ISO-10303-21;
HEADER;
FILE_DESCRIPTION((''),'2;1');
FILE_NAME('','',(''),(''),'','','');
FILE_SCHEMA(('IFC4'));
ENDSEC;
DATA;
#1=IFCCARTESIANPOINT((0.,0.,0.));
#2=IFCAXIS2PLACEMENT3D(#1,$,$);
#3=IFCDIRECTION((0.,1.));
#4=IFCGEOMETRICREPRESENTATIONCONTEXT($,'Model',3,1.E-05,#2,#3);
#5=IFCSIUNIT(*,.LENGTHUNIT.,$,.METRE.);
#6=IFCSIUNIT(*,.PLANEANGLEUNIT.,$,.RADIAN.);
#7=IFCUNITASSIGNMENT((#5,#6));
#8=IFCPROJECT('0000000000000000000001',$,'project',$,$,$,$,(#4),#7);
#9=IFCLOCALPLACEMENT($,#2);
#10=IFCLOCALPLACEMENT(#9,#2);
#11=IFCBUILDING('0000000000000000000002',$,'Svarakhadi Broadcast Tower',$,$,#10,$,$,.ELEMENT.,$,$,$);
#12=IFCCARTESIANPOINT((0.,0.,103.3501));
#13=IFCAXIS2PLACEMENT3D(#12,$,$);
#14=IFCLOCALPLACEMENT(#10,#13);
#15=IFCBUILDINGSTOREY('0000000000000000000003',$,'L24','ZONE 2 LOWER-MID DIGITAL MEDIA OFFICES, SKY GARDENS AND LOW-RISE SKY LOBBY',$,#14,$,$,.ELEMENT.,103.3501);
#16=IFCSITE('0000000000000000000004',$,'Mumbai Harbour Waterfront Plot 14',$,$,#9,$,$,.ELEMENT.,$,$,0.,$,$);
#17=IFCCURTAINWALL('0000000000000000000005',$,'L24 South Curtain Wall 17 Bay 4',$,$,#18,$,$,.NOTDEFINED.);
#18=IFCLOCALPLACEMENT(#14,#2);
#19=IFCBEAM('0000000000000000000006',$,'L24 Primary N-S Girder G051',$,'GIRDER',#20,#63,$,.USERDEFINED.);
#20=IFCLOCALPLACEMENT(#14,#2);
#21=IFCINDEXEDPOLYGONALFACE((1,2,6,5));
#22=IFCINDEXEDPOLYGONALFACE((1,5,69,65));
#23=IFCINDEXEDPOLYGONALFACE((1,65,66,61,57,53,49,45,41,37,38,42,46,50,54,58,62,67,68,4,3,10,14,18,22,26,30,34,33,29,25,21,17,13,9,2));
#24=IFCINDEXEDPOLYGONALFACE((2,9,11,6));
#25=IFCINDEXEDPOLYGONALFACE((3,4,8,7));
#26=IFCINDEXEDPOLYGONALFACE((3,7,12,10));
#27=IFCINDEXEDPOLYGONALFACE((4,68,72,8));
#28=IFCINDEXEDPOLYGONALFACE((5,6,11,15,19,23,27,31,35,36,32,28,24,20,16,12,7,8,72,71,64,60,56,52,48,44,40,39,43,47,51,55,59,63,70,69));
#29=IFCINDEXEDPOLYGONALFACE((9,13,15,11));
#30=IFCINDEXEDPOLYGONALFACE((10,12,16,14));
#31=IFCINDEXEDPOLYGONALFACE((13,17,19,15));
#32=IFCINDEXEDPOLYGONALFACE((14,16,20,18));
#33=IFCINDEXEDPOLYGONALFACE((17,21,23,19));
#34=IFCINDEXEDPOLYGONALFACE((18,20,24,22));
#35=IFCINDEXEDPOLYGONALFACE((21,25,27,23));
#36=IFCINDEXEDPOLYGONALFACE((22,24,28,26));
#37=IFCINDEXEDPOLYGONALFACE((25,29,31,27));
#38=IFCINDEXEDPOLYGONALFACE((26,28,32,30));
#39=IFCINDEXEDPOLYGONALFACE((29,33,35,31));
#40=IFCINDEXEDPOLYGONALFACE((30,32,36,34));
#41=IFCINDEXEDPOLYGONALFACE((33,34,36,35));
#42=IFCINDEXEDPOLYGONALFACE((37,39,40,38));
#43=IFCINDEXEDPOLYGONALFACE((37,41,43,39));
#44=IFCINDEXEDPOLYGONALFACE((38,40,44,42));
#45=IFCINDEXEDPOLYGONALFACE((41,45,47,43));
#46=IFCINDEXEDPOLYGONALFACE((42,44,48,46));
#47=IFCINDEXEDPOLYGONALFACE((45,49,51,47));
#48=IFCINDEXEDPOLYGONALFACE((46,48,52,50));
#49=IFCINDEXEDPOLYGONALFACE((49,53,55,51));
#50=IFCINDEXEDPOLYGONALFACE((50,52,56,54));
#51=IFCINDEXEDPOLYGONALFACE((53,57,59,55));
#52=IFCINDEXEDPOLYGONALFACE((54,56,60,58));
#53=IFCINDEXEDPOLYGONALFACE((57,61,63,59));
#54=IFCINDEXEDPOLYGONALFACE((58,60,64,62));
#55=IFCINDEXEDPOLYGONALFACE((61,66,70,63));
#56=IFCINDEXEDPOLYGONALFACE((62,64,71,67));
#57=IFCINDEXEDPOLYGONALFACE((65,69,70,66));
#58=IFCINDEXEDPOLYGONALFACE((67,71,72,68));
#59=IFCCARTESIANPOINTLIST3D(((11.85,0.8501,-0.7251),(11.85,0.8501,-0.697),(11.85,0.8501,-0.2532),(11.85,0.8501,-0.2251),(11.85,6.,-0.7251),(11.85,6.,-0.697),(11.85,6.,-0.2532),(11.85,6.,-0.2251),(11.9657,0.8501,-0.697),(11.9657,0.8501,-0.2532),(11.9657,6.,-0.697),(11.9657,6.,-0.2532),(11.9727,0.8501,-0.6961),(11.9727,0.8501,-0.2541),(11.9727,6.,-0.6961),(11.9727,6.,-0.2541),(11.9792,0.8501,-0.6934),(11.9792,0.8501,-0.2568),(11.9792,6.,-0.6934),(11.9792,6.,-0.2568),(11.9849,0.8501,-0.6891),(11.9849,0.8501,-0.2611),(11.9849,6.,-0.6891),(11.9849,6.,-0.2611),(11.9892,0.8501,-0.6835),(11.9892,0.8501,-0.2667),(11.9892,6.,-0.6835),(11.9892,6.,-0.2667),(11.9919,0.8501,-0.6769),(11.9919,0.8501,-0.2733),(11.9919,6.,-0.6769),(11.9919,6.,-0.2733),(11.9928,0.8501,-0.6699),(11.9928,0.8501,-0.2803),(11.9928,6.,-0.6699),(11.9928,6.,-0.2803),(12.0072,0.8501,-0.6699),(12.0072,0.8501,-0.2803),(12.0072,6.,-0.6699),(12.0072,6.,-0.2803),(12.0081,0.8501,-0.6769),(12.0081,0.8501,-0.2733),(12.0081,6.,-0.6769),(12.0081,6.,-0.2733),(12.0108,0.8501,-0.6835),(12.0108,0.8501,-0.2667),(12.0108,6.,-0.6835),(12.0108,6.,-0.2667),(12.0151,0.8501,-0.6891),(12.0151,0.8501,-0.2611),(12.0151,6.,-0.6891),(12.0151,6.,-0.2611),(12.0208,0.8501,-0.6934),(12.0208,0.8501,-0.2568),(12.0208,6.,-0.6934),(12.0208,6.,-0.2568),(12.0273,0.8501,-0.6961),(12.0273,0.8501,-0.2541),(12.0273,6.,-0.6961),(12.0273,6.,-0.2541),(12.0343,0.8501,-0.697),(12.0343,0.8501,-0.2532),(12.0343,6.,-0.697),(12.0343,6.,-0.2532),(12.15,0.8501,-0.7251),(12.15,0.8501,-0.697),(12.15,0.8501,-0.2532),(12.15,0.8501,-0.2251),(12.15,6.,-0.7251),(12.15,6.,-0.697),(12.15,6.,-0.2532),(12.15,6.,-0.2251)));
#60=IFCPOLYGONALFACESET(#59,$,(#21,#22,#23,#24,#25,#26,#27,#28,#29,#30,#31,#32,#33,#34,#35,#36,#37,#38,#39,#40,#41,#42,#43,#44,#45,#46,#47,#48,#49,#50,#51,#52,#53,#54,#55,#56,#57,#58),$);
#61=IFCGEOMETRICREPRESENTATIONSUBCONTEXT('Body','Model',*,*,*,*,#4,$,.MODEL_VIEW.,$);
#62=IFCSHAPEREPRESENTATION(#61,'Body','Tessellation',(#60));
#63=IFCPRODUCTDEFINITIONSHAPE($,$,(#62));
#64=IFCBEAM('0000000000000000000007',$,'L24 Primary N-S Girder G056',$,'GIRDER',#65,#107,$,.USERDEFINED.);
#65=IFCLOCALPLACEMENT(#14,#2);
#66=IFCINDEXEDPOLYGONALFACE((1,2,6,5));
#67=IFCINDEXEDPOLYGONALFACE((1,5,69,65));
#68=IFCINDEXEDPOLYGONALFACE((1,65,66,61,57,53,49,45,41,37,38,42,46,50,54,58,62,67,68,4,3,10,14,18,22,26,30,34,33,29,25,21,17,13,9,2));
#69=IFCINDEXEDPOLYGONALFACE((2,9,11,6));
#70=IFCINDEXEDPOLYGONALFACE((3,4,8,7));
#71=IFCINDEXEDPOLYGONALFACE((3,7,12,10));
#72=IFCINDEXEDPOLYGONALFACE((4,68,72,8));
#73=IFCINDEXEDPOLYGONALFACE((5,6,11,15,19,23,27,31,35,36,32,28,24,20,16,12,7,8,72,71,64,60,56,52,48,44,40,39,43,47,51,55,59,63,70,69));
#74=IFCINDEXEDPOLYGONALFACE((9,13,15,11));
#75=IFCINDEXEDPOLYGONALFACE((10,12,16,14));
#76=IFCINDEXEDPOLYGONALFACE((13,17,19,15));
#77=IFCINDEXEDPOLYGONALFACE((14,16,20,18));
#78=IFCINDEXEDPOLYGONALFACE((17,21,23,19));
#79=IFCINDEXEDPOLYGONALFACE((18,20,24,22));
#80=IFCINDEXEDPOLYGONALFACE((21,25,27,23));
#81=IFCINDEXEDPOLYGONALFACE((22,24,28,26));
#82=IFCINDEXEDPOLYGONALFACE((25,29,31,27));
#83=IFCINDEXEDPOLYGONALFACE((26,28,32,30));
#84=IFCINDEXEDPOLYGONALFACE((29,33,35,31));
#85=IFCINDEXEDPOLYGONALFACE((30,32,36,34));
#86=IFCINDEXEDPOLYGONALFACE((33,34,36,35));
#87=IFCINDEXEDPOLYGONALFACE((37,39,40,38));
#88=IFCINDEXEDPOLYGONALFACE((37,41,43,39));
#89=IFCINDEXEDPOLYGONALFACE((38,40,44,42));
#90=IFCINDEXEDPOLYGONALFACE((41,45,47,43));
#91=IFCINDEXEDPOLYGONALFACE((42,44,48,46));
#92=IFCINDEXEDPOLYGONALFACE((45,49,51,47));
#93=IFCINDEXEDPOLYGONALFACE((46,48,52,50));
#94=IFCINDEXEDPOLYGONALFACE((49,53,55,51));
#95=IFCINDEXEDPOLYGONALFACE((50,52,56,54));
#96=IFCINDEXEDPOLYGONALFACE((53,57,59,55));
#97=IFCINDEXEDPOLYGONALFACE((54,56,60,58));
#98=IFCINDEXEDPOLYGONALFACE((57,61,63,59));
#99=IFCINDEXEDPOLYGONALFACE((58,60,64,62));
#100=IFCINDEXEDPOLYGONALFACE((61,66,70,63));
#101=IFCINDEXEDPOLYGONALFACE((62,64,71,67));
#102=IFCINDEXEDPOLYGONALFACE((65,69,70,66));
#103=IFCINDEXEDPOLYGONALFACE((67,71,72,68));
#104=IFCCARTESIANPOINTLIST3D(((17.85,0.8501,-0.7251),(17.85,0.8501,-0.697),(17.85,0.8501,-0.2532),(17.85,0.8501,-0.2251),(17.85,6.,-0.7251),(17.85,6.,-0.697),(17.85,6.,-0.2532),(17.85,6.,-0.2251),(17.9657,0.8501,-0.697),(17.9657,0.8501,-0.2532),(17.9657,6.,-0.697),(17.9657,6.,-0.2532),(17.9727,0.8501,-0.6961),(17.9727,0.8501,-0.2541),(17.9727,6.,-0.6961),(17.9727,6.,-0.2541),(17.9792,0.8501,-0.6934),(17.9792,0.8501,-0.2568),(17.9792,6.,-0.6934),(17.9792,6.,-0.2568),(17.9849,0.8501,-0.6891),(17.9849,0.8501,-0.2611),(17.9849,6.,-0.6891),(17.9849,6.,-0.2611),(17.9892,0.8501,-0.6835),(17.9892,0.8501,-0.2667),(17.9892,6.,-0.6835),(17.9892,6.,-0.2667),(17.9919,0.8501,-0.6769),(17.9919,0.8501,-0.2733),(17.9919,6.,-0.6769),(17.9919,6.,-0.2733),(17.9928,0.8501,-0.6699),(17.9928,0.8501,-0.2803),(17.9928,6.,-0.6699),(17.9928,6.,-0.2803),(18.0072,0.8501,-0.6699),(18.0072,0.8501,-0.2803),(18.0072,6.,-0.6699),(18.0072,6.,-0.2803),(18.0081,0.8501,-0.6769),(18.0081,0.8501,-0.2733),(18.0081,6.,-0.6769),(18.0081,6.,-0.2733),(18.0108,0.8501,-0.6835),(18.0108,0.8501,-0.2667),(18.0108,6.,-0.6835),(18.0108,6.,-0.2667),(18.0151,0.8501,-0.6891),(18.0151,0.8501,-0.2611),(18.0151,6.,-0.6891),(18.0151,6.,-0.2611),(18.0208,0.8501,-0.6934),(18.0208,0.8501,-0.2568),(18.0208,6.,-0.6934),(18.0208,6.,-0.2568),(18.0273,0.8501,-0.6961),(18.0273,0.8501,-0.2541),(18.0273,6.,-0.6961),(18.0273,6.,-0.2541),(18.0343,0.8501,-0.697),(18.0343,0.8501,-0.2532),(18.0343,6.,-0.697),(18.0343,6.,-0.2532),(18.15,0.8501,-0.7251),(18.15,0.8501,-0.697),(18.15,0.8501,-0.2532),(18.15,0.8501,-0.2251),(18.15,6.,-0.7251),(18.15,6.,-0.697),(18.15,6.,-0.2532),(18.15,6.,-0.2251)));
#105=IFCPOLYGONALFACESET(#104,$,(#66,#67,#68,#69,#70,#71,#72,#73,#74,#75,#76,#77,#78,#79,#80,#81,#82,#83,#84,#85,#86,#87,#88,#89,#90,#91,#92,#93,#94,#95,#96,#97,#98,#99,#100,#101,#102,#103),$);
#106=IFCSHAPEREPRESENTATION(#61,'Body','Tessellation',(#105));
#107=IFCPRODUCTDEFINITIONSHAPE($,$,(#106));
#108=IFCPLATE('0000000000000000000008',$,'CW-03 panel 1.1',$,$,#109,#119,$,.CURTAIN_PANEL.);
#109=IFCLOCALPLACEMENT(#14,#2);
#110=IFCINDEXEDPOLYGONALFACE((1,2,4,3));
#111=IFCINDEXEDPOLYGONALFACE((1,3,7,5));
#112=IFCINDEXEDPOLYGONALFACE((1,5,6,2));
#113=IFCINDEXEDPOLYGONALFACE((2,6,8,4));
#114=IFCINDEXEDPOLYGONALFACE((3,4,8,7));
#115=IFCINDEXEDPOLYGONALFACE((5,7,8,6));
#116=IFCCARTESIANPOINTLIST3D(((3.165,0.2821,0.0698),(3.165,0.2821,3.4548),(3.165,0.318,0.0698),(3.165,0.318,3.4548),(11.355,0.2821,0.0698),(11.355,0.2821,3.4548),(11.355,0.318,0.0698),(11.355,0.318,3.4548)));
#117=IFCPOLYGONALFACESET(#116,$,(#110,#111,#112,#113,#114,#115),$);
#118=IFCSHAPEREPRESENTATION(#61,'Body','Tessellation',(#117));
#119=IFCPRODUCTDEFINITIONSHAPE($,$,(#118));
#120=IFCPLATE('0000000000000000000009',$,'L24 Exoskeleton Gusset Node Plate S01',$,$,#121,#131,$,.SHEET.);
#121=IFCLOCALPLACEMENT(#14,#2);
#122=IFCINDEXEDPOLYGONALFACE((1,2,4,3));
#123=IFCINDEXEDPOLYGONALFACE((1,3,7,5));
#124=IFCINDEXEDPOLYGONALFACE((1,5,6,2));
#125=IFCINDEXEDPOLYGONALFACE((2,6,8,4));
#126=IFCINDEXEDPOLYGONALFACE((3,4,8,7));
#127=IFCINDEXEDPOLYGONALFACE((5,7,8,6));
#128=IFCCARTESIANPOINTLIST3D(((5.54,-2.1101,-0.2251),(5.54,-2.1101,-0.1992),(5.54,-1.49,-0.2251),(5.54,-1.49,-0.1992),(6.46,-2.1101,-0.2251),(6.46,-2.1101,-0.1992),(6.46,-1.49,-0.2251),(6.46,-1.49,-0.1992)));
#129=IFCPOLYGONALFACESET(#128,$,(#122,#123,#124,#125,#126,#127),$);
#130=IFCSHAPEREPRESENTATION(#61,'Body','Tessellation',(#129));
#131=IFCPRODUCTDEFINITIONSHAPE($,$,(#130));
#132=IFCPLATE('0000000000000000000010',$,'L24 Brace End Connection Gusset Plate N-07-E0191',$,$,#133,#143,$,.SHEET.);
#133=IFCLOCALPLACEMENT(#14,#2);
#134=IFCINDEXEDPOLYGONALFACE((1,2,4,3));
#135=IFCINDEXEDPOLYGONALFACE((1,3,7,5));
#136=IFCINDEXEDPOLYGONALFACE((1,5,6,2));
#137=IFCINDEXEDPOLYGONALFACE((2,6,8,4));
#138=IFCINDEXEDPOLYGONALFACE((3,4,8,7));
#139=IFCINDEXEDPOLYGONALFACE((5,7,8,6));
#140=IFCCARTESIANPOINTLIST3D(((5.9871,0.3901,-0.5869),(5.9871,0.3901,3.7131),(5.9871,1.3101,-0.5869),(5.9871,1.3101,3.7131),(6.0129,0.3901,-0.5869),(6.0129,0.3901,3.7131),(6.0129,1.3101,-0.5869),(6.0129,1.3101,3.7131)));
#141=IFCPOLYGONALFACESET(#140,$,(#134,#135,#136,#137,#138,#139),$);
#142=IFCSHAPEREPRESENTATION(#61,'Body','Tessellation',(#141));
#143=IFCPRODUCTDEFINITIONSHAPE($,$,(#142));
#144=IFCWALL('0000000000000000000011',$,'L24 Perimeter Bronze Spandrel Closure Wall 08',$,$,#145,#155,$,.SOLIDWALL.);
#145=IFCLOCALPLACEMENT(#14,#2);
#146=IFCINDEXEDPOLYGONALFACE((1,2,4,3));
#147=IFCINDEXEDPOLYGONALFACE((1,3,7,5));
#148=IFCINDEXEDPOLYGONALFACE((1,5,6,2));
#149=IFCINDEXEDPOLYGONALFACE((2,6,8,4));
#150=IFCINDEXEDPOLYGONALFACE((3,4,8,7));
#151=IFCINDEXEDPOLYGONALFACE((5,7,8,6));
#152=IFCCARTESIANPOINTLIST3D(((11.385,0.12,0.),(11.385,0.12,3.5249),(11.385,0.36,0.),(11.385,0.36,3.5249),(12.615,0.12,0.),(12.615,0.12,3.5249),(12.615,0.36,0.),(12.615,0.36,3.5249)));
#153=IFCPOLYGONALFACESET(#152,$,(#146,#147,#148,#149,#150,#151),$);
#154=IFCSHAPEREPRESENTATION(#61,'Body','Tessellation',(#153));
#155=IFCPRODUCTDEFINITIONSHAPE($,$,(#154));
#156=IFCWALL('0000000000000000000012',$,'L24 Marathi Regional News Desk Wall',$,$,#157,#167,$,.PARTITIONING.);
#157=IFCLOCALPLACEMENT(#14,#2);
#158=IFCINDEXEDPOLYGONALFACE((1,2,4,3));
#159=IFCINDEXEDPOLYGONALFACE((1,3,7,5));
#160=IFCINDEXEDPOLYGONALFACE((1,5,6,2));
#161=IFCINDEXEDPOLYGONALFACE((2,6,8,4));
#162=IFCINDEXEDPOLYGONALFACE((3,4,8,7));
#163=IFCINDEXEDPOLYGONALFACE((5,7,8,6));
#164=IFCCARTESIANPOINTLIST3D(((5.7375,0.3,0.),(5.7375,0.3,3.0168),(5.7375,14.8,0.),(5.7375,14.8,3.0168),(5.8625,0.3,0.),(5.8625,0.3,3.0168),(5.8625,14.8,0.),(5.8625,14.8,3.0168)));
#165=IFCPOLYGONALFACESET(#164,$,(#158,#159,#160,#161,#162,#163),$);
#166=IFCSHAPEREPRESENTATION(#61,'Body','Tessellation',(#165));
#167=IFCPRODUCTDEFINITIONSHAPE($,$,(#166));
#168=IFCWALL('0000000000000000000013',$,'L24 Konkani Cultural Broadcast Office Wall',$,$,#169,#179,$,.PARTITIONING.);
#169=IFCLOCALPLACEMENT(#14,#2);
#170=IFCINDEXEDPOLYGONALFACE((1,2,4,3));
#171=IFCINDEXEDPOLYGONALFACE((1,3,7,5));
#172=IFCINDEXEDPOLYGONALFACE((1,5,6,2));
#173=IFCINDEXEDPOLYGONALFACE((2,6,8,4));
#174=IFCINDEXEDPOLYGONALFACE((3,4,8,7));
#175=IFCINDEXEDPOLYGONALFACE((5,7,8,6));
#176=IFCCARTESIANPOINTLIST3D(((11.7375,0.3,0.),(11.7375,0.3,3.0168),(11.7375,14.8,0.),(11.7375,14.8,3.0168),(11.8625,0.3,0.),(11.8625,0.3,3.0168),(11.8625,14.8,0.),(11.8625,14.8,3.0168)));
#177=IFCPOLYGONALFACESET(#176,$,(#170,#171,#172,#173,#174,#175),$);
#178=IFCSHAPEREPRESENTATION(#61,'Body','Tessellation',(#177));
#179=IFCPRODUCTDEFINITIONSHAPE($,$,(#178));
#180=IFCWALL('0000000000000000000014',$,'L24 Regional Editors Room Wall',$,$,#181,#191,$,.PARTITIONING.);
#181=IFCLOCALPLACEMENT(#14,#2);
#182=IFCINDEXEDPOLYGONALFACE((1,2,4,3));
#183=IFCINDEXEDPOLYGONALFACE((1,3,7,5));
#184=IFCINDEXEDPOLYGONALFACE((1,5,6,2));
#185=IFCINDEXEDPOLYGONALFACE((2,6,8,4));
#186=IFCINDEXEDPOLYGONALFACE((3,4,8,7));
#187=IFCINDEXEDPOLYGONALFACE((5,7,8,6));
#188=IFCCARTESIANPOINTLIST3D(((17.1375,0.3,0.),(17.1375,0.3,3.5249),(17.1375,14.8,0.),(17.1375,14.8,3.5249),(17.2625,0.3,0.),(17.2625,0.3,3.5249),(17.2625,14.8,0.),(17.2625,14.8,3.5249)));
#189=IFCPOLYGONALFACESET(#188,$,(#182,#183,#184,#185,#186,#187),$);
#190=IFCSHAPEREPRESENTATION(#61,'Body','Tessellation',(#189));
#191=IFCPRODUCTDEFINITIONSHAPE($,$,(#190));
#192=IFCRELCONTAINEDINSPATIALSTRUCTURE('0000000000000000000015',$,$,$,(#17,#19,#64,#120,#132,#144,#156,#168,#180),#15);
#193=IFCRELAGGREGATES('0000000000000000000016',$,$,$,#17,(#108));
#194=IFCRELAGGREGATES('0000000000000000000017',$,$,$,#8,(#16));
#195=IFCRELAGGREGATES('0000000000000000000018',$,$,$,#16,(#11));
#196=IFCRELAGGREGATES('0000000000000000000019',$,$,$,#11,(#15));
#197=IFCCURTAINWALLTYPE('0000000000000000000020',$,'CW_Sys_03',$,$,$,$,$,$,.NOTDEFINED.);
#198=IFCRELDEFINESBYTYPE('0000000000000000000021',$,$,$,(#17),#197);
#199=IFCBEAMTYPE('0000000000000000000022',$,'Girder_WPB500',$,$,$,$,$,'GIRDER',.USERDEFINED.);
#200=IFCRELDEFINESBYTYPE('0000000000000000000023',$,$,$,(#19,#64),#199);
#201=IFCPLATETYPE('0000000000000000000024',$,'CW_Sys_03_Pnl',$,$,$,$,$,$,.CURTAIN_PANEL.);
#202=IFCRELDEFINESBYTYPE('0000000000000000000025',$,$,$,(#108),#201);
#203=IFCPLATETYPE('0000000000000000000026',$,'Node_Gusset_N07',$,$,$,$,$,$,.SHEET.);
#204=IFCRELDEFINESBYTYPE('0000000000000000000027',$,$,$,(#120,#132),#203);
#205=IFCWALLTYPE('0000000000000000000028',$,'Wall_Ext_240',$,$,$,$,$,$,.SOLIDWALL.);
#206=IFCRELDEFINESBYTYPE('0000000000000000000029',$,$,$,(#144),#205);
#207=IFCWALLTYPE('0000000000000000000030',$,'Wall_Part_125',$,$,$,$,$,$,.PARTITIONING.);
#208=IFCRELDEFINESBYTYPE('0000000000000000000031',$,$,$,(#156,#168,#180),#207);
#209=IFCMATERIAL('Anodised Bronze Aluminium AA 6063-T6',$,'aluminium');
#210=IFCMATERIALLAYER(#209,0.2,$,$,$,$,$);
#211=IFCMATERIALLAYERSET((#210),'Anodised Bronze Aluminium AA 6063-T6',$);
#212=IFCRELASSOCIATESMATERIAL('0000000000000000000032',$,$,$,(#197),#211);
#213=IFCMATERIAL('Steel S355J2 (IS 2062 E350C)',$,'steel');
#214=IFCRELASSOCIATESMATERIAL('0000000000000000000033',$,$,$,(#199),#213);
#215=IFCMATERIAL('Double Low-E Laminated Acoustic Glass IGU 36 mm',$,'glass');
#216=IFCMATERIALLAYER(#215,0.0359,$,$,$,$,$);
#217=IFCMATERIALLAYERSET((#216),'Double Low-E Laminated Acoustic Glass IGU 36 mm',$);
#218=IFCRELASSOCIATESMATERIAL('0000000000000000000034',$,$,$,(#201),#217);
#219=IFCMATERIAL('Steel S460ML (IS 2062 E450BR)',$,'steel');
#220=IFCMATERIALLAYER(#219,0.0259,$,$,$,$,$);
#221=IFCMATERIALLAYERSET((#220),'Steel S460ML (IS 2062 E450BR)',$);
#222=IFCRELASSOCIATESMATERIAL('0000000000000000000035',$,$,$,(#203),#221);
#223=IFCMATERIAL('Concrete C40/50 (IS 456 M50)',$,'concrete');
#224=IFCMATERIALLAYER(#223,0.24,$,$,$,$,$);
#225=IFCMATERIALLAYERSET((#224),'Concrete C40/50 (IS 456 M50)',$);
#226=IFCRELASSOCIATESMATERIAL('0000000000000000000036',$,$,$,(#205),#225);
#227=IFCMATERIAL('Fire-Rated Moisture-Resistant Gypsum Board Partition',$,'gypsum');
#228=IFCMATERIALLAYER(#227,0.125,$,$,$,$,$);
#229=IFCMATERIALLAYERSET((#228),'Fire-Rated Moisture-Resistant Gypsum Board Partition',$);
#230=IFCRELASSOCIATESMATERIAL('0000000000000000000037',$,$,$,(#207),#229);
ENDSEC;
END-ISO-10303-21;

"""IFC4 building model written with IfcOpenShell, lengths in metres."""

from ifc_helpers import new_model, si_unit, direction, frame, frame_2d, origin, origin_2d, place, context, subcontext, project, spatial, rectangle, i_section, extrude, material, layer, layer_set, material_profile, profile_set, type_object, element, aggregate, save


model = new_model("IFC4")

# Units and contexts
model_context = context("Model", 3, precision=1e-05, world=origin(), true_north=direction((0.0, 1.0)))
body_context = subcontext(model_context, "Body", "Model", "MODEL_VIEW")
ifc_project = project(units=[si_unit("LENGTHUNIT", "METRE"), si_unit("PLANEANGLEUNIT", "RADIAN")], contexts=[model_context])

# Site, building, storey
site_placement = place(None, origin())
site = spatial("IfcSite", under=ifc_project, at=site_placement, Name="Mumbai Harbour Waterfront Plot 14", CompositionType="ELEMENT", RefElevation=0.0)
building_placement = place(site_placement, origin())
building = spatial("IfcBuilding", under=site, at=building_placement, Name="Svarakhadi Broadcast Tower", CompositionType="ELEMENT")
storey_placement = place(building_placement, frame((0.0, 0.0, 103.3501)))
storey = spatial("IfcBuildingStorey", under=building, at=storey_placement, Name="L24", Description="ZONE 2 LOWER-MID DIGITAL MEDIA OFFICES, SKY GARDENS AND LOW-RISE SKY LOBBY", CompositionType="ELEMENT", Elevation=103.3501)

# Shared definitions
ifc_material_1 = material(Name="Steel S460ML (IS 2062 E450BR)", Category="steel")

# Shared definitions
ifc_material_2 = material(Name="Steel S355J2 (IS 2062 E350C)", Category="steel")

# Shared definitions
ifc_material_3 = material(Name="Anodised Bronze Aluminium AA 6063-T6", Category="aluminium")
ifc_layer_1 = layer(ifc_material_3, 0.2)
ifc_layer_set_1 = layer_set([ifc_layer_1], Name="Anodised Bronze Aluminium AA 6063-T6")
curtain_wall_type = type_object("IfcCurtainWallType", Name="CW_Sys_03", PredefinedType="NOTDEFINED", material=ifc_layer_set_1)

# Curtain wall
curtain_wall_1_placement = place(storey_placement, origin())
curtain_wall_1 = element("IfcCurtainWall", 1, at=curtain_wall_1_placement, inside=storey, type_object=curtain_wall_type, Name="L24 South Curtain Wall 17 Bay 4", PredefinedType="NOTDEFINED")

# Beams
ifc_material_profile_1 = material_profile(ifc_material_2, i_section(OverallWidth=0.3, OverallDepth=0.5, WebThickness=0.0144, FlangeThickness=0.0281, FilletRadius=0.0271, at=origin_2d()), Name="WPB 500x300x187")
ifc_profile_set_1 = profile_set([ifc_material_profile_1], Name="Steel S355J2 (IS 2062 E350C)")
beam_type_1 = type_object("IfcBeamType", Name="Girder_WPB500", ElementType="GIRDER", PredefinedType="USERDEFINED", material=ifc_profile_set_1)
for number, where, z_axis, x_axis, name in (
    (2, (12.0, 0.8501, -0.4751), (0.0, 1.0, 0.0), (-1.0, 0.0, 0.0), "L24 Primary N-S Girder G051"),
    (3, (18.0, 0.8501, -0.4751), (0.0, 1.0, 0.0), (-1.0, 0.0, 0.0), "L24 Primary N-S Girder G056"),
):
    element("IfcBeam", number, at=place(storey_placement, frame(where, z_axis=z_axis, x_axis=x_axis)), inside=storey, type_object=beam_type_1, Name=name, ObjectType="GIRDER", PredefinedType="USERDEFINED", context=body_context, shape_type="SweptSolid", body=[
        extrude(i_section(OverallWidth=0.3, OverallDepth=0.5, WebThickness=0.0144, FlangeThickness=0.0281, FilletRadius=0.0271, at=origin_2d()), origin(), (0.0, 0.0, 1.0), 5.1499),
    ])

# Plate
ifc_material_4 = material(Name="Double Low-E Laminated Acoustic Glass IGU 36 mm", Category="glass")
ifc_layer_2 = layer(ifc_material_4, 0.0359)
ifc_layer_set_2 = layer_set([ifc_layer_2], Name="Double Low-E Laminated Acoustic Glass IGU 36 mm")
plate_type_1 = type_object("IfcPlateType", Name="CW_Sys_03_Pnl", PredefinedType="CURTAIN_PANEL", material=ifc_layer_set_2)
plate_1_placement = place(storey_placement, frame((7.26, 0.3, 0.0698), z_axis=(0.0, 0.0, 1.0), x_axis=(-1.0, 0.0, 0.0)))
plate_1 = element("IfcPlate", 4, at=plate_1_placement, type_object=plate_type_1, Name="CW-03 panel 1.1", PredefinedType="CURTAIN_PANEL", context=body_context, shape_type="SweptSolid", body=[
    extrude(rectangle(XDim=8.1899, YDim=0.0359, at=origin_2d()), origin(), (0.0, 0.0, 1.0), 3.385),
])
aggregate(curtain_wall_1, [plate_1])

# Plates
ifc_layer_3 = layer(ifc_material_1, 0.0259)
ifc_layer_set_3 = layer_set([ifc_layer_3], Name="Steel S460ML (IS 2062 E450BR)")
plate_type_2 = type_object("IfcPlateType", Name="Node_Gusset_N07", PredefinedType="SHEET", material=ifc_layer_set_3)
plate_2_placement = place(storey_placement, frame((6.0, -1.8, -0.2251), z_axis=(0.0, 0.0, 1.0), x_axis=(1.0, 0.0, 0.0)))
element("IfcPlate", 5, at=plate_2_placement, inside=storey, type_object=plate_type_2, Name="L24 Exoskeleton Gusset Node Plate S01", PredefinedType="SHEET", context=body_context, shape_type="SweptSolid", body=[
    extrude(rectangle(XDim=0.9199, YDim=0.6201, at=origin_2d()), origin(), (0.0, 0.0, 1.0), 0.0259),
])
plate_3_placement = place(storey_placement, frame((6.0, 0.8501, -0.5869), z_axis=(0.0, 0.0, 1.0), x_axis=(0.0, 1.0, 0.0)))
element("IfcPlate", 6, at=plate_3_placement, inside=storey, type_object=plate_type_2, Name="L24 Brace End Connection Gusset Plate N-07-E0191", PredefinedType="SHEET", context=body_context, shape_type="SweptSolid", body=[
    extrude(rectangle(XDim=0.9199, YDim=0.0259, at=origin_2d()), origin(), (0.0, 0.0, 1.0), 4.3),
])

# Walls
ifc_material_5 = material(Name="Concrete C40/50 (IS 456 M50)", Category="concrete")
ifc_layer_4 = layer(ifc_material_5, 0.24)
ifc_layer_set_4 = layer_set([ifc_layer_4], Name="Concrete C40/50 (IS 456 M50)")
wall_type_1 = type_object("IfcWallType", Name="Wall_Ext_240", PredefinedType="SOLIDWALL", material=ifc_layer_set_4)
wall_1_placement = place(storey_placement, frame((12.615, 0.24, 0.0), z_axis=(0.0, 0.0, 1.0), x_axis=(-1.0, 0.0, 0.0)))
element("IfcWall", 7, at=wall_1_placement, inside=storey, type_object=wall_type_1, Name="L24 Perimeter Bronze Spandrel Closure Wall 08", PredefinedType="SOLIDWALL", context=body_context, shape_type="SweptSolid", body=[
    extrude(rectangle(XDim=1.23, YDim=0.24, at=frame_2d((0.615, 0.0))), origin(), (0.0, 0.0, 1.0), 3.5249),
])
ifc_material_6 = material(Name="Fire-Rated Moisture-Resistant Gypsum Board Partition", Category="gypsum")
ifc_layer_5 = layer(ifc_material_6, 0.125)
ifc_layer_set_5 = layer_set([ifc_layer_5], Name="Fire-Rated Moisture-Resistant Gypsum Board Partition")
wall_type_2 = type_object("IfcWallType", Name="Wall_Part_125", PredefinedType="PARTITIONING", material=ifc_layer_set_5)
for number, where, z_axis, x_axis, name in (
    (8, (5.8, 0.3, 0.0), (0.0, 0.0, 1.0), (0.0, 1.0, 0.0), "L24 Marathi Regional News Desk Wall"),
    (9, (11.8, 0.3, 0.0), (0.0, 0.0, 1.0), (0.0, 1.0, 0.0), "L24 Konkani Cultural Broadcast Office Wall"),
):
    element("IfcWall", number, at=place(storey_placement, frame(where, z_axis=z_axis, x_axis=x_axis)), inside=storey, type_object=wall_type_2, Name=name, PredefinedType="PARTITIONING", context=body_context, shape_type="SweptSolid", body=[
        extrude(rectangle(XDim=14.5, YDim=0.125, at=frame_2d((7.25, 0.0))), origin(), (0.0, 0.0, 1.0), 3.0168),
    ])
wall_2_placement = place(storey_placement, frame((17.2, 0.3, 0.0), z_axis=(0.0, 0.0, 1.0), x_axis=(0.0, 1.0, 0.0)))
element("IfcWall", 10, at=wall_2_placement, inside=storey, type_object=wall_type_2, Name="L24 Regional Editors Room Wall", PredefinedType="PARTITIONING", context=body_context, shape_type="SweptSolid", body=[
    extrude(rectangle(XDim=14.5, YDim=0.125, at=frame_2d((7.25, 0.0))), origin(), (0.0, 0.0, 1.0), 3.5249),
])

save(model, "model.ifc")
